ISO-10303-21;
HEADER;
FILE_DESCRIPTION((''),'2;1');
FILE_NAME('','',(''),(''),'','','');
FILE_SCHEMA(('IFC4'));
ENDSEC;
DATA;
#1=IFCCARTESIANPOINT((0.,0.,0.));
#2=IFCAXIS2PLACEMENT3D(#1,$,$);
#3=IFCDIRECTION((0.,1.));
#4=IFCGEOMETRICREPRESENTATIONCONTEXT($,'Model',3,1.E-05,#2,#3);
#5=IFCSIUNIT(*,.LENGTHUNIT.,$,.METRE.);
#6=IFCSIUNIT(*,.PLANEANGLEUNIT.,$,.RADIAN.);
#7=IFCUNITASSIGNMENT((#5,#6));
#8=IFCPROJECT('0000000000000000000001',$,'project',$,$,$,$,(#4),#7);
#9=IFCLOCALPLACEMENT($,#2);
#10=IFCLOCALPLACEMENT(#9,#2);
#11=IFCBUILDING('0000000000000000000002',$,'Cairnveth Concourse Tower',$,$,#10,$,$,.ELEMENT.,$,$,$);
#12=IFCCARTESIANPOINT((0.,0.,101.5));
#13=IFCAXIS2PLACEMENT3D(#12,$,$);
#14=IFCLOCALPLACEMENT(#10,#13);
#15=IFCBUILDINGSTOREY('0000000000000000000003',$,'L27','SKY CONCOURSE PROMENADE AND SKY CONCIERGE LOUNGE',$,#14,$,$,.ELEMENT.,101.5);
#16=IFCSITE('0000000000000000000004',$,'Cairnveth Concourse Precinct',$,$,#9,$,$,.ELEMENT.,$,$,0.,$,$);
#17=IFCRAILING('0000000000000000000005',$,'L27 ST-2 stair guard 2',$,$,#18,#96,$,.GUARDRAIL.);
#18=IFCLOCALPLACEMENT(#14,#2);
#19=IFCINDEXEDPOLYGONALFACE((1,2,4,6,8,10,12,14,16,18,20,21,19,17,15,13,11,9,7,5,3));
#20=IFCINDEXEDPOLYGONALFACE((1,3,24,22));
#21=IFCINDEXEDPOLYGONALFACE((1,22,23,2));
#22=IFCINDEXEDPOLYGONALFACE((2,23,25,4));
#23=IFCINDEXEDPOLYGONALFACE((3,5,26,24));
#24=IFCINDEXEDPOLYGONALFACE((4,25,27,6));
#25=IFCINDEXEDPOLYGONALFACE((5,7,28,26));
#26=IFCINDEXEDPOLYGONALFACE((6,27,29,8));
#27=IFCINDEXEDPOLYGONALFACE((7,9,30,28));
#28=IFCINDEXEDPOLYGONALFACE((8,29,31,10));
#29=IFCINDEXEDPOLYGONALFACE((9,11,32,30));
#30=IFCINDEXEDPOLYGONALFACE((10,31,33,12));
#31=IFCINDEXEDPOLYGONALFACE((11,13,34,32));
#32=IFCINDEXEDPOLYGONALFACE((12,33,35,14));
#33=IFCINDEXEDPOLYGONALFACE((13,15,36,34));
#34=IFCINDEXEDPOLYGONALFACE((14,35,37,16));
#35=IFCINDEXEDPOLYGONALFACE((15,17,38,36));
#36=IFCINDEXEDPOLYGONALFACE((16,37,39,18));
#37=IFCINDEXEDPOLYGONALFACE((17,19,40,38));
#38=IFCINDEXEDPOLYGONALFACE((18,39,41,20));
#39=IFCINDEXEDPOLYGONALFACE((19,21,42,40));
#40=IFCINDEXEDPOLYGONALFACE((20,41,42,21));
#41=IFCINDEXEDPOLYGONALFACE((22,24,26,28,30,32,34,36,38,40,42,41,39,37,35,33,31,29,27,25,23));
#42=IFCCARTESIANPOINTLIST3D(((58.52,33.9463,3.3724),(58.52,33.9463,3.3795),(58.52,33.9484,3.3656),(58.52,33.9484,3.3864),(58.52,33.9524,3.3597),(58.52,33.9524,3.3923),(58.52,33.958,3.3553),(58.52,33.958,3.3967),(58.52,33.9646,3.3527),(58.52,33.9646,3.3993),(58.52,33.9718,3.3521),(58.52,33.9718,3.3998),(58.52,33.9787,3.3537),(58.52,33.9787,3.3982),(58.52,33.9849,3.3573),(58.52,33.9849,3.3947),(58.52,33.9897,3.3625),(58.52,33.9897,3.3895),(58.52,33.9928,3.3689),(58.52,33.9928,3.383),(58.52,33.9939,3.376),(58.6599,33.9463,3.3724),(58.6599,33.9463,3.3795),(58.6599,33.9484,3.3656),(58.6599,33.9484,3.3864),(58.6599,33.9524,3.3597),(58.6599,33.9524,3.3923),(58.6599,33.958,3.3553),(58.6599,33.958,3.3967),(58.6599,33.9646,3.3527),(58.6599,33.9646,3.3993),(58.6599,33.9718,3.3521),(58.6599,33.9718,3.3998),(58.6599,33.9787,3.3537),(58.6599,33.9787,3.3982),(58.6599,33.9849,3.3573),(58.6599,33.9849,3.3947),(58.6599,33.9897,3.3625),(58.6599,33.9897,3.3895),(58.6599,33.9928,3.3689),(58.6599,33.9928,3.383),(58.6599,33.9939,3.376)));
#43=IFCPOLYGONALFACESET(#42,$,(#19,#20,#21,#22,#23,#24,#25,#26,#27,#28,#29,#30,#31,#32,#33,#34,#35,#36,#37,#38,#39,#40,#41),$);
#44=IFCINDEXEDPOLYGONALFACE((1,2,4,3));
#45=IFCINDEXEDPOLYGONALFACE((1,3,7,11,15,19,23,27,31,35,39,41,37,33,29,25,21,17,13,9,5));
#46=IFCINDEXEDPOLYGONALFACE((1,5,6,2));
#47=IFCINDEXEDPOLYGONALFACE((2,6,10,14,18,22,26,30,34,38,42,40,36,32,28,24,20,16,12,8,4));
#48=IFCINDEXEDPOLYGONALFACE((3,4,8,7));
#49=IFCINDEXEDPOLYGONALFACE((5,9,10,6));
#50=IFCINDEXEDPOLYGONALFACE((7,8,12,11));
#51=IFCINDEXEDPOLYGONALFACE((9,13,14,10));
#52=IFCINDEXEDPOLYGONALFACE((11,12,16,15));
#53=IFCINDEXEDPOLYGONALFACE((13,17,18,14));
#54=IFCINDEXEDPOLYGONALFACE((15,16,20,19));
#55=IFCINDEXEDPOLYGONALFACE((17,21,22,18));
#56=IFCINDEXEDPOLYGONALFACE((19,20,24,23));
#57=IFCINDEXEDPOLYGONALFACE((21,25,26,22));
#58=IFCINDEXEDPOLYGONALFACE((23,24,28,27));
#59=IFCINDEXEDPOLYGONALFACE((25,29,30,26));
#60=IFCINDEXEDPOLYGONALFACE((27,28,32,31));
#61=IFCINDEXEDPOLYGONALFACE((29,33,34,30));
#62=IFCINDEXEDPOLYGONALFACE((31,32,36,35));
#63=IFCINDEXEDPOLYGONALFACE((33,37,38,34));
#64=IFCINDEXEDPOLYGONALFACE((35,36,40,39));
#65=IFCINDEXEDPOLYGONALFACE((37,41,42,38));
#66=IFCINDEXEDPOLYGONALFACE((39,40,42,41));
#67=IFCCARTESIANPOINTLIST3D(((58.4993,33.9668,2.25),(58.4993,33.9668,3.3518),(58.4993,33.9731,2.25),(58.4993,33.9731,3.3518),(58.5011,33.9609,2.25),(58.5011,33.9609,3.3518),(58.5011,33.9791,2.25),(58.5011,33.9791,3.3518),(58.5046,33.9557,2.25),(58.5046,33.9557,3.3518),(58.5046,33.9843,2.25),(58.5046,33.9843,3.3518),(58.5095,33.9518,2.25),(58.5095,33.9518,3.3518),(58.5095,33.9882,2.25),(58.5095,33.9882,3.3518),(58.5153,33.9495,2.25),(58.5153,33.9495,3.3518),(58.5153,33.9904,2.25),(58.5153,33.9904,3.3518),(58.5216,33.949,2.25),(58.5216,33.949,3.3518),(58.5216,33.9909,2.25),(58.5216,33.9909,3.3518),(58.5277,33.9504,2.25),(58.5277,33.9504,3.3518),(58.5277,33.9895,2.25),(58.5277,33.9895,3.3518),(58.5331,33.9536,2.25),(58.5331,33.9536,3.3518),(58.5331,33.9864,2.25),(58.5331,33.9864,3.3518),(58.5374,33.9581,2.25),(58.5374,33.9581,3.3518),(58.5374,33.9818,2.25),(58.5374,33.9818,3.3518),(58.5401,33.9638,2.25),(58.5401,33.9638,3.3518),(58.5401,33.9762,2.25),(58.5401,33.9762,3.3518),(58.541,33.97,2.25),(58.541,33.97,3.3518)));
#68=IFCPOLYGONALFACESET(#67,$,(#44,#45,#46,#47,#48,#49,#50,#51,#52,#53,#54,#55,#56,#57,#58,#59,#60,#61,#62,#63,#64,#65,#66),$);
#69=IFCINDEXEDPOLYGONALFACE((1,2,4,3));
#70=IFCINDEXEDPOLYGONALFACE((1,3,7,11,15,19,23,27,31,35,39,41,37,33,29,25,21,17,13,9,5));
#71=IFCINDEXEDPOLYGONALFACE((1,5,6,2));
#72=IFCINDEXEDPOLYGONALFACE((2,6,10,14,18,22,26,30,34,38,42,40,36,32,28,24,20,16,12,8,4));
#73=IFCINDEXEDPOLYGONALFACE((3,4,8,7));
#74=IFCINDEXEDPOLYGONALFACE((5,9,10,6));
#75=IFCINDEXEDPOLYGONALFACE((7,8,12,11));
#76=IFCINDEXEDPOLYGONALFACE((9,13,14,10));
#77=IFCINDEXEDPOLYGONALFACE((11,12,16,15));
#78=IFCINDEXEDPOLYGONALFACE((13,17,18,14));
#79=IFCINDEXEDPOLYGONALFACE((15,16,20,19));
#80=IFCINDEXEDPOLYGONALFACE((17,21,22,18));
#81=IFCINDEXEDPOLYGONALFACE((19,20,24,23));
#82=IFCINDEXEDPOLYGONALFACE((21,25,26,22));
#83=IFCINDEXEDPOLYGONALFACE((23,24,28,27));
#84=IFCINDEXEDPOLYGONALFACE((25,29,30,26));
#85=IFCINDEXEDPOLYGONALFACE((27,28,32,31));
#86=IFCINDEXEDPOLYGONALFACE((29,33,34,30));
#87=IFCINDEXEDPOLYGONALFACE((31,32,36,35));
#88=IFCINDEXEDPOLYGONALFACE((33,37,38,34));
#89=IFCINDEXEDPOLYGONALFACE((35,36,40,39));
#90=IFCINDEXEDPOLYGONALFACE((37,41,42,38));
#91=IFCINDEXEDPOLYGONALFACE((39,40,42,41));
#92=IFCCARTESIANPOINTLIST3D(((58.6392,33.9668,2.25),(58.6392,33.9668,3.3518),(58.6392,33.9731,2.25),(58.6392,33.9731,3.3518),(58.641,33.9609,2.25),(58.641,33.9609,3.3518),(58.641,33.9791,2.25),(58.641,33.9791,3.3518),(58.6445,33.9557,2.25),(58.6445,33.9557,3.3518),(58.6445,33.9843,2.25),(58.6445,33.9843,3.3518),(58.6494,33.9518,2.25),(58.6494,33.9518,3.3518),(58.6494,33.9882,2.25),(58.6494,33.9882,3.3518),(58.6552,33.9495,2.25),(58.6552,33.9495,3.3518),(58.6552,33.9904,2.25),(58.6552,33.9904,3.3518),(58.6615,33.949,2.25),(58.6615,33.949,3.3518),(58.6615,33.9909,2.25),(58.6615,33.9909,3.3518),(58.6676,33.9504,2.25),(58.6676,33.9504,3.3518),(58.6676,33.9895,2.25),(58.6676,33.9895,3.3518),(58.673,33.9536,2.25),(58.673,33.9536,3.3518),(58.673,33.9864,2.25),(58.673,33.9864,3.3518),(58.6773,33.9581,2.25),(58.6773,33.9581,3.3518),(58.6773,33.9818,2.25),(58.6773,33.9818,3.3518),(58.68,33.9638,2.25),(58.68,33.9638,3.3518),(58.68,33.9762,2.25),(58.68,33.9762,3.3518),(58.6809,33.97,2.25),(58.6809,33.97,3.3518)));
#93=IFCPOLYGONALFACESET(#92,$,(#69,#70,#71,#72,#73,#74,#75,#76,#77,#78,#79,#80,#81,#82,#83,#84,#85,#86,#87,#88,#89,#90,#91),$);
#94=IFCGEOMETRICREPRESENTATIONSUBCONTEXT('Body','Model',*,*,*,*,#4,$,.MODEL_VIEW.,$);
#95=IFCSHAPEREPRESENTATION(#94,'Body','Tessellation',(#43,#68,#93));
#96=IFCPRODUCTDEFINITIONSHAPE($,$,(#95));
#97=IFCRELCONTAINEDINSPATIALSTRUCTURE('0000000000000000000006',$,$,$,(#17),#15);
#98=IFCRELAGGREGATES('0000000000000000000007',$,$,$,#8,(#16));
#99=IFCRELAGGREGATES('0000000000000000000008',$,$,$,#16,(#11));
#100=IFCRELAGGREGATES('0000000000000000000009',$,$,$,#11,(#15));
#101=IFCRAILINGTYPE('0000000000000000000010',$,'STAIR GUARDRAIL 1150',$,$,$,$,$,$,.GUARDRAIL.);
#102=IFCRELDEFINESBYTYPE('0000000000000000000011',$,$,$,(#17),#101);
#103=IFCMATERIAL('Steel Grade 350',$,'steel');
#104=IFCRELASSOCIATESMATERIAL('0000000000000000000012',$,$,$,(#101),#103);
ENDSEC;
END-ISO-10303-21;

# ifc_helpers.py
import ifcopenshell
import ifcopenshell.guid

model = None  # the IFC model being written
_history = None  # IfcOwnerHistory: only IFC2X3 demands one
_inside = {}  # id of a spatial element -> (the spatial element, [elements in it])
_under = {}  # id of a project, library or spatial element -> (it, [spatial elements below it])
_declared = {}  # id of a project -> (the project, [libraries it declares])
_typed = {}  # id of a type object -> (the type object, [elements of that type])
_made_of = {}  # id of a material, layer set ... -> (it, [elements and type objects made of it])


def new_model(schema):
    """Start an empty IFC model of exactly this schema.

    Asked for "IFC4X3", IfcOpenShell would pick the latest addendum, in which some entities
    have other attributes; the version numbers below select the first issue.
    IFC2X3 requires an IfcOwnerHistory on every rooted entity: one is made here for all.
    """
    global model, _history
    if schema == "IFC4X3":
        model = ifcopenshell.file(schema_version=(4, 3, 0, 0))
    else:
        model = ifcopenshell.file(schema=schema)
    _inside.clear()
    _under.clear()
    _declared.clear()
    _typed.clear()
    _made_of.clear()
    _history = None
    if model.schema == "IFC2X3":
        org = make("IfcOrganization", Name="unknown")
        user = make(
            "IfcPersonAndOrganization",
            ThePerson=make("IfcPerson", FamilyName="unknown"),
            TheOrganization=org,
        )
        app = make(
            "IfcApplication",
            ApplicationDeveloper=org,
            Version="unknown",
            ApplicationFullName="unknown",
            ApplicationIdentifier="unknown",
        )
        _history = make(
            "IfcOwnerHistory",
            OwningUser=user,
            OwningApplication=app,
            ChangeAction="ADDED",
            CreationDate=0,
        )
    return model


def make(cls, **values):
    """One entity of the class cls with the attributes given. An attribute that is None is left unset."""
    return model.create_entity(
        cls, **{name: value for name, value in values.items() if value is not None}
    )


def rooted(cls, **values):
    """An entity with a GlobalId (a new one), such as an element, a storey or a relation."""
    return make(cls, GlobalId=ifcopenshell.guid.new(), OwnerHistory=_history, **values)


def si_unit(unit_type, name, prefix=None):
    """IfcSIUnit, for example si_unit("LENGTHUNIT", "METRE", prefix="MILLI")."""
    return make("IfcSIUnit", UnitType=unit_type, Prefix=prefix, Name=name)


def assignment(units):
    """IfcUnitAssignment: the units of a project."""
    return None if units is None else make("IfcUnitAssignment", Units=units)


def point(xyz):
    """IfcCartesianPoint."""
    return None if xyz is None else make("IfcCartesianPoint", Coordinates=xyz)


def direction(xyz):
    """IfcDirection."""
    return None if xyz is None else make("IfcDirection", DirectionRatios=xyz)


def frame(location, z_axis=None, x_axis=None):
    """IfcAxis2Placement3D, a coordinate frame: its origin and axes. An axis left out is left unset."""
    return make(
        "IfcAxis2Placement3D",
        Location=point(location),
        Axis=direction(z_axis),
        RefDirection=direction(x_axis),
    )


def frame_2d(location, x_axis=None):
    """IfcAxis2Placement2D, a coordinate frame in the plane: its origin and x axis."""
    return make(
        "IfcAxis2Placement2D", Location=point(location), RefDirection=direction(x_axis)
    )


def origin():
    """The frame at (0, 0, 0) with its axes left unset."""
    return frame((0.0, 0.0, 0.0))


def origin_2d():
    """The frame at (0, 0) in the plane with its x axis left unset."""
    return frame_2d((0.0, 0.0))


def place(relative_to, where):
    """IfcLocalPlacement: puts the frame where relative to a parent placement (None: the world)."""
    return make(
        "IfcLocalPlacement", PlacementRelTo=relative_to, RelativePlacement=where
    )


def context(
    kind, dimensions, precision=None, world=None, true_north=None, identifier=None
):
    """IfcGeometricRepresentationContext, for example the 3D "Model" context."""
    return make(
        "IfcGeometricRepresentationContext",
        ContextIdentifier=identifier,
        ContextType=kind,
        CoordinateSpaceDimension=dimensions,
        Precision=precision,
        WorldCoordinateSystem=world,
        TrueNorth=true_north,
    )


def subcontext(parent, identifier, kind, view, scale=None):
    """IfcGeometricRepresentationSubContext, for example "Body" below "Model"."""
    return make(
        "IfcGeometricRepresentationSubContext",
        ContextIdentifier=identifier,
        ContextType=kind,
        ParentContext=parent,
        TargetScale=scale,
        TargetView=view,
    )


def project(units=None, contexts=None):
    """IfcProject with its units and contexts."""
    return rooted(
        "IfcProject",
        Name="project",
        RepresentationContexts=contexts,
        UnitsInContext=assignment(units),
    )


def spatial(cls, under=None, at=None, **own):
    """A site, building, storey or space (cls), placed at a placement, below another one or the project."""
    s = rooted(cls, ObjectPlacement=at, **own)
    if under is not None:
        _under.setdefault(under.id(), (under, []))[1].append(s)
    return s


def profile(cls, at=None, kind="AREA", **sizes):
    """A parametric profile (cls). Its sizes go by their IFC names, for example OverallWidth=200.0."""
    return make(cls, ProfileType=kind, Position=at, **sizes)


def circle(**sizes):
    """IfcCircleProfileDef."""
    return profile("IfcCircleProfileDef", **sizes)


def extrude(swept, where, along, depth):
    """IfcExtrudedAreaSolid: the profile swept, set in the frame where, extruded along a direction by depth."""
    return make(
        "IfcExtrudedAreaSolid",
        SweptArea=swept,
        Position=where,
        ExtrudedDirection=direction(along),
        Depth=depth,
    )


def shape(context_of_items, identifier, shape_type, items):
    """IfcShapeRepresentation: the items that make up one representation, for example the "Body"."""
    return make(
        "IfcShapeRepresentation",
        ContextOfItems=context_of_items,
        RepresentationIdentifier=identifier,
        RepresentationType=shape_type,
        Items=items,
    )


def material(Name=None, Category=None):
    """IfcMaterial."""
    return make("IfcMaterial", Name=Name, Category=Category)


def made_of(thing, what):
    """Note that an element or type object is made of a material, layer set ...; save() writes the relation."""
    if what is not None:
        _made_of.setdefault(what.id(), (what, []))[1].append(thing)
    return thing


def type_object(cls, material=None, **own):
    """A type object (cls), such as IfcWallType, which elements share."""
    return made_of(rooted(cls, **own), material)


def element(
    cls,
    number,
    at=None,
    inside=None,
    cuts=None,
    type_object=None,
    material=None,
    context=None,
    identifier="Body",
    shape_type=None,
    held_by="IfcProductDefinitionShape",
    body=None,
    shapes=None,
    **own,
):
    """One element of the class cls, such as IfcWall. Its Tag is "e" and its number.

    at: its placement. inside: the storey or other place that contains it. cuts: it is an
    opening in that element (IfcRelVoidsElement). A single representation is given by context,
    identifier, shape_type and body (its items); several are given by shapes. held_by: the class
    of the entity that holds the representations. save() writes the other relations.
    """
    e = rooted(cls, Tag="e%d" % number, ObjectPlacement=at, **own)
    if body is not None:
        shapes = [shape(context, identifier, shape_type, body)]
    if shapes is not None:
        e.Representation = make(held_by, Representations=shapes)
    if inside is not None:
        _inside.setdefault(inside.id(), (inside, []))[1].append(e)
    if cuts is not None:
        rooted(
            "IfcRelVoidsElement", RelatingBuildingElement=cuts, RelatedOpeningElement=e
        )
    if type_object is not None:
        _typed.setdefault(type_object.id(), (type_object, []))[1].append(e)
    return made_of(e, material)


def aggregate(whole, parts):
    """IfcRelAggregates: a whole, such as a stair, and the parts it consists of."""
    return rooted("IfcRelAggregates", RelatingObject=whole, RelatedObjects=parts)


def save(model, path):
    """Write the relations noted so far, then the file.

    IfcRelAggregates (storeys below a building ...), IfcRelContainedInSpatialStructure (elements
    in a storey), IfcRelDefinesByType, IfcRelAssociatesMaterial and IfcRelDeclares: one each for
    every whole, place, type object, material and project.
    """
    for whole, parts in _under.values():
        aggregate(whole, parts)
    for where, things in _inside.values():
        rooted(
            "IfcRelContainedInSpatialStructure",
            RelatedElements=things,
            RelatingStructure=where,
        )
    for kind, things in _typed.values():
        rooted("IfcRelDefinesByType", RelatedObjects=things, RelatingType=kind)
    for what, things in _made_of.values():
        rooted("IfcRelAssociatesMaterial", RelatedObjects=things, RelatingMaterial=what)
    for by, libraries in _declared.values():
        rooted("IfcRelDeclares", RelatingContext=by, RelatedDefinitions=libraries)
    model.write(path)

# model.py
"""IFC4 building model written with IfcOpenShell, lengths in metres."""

from ifc_helpers import new_model, si_unit, direction, frame, origin, origin_2d, place, context, subcontext, project, spatial, circle, extrude, material, type_object, element, save


model = new_model("IFC4")

# Units and contexts
model_context = context("Model", 3, precision=1e-05, world=origin(), true_north=direction((0.0, 1.0)))
body_context = subcontext(model_context, "Body", "Model", "MODEL_VIEW")
ifc_project = project(units=[si_unit("LENGTHUNIT", "METRE"), si_unit("PLANEANGLEUNIT", "RADIAN")], contexts=[model_context])

# Site, building, storey
site_placement = place(None, origin())
site = spatial("IfcSite", under=ifc_project, at=site_placement, Name="Cairnveth Concourse Precinct", CompositionType="ELEMENT", RefElevation=0.0)
building_placement = place(site_placement, origin())
building = spatial("IfcBuilding", under=site, at=building_placement, Name="Cairnveth Concourse Tower", CompositionType="ELEMENT")
storey_placement = place(building_placement, frame((0.0, 0.0, 101.5)))
storey = spatial("IfcBuildingStorey", under=building, at=storey_placement, Name="L27", Description="SKY CONCOURSE PROMENADE AND SKY CONCIERGE LOUNGE", CompositionType="ELEMENT", Elevation=101.5)

# Shared definitions
ifc_material_1 = material(Name="Steel Grade 350", Category="steel")

# Railing
railing_type_1 = type_object("IfcRailingType", Name="STAIR GUARDRAIL 1150", PredefinedType="GUARDRAIL", material=ifc_material_1)
railing_1_placement = place(storey_placement, frame((58.52, 33.97, 2.25)))
element("IfcRailing", 1, at=railing_1_placement, inside=storey, type_object=railing_type_1, Name="L27 ST-2 stair guard 2", PredefinedType="GUARDRAIL", context=body_context, shape_type="SweptSolid", body=[
    extrude(circle(Radius=0.0239, at=origin_2d()), frame((0.0, 0.0, 1.126), z_axis=(1.0, 0.0, 0.0), x_axis=(0.0, 1.0, 0.0)), (0.0, 0.0, 1.0), 0.1399),
    extrude(circle(Radius=0.021, at=origin_2d()), origin(), (0.0, 0.0, 1.0), 1.1018),
    extrude(circle(Radius=0.021, at=origin_2d()), frame((0.1399, 0.0, 0.0)), (0.0, 0.0, 1.0), 1.1018),
])

save(model, "model.ifc")
